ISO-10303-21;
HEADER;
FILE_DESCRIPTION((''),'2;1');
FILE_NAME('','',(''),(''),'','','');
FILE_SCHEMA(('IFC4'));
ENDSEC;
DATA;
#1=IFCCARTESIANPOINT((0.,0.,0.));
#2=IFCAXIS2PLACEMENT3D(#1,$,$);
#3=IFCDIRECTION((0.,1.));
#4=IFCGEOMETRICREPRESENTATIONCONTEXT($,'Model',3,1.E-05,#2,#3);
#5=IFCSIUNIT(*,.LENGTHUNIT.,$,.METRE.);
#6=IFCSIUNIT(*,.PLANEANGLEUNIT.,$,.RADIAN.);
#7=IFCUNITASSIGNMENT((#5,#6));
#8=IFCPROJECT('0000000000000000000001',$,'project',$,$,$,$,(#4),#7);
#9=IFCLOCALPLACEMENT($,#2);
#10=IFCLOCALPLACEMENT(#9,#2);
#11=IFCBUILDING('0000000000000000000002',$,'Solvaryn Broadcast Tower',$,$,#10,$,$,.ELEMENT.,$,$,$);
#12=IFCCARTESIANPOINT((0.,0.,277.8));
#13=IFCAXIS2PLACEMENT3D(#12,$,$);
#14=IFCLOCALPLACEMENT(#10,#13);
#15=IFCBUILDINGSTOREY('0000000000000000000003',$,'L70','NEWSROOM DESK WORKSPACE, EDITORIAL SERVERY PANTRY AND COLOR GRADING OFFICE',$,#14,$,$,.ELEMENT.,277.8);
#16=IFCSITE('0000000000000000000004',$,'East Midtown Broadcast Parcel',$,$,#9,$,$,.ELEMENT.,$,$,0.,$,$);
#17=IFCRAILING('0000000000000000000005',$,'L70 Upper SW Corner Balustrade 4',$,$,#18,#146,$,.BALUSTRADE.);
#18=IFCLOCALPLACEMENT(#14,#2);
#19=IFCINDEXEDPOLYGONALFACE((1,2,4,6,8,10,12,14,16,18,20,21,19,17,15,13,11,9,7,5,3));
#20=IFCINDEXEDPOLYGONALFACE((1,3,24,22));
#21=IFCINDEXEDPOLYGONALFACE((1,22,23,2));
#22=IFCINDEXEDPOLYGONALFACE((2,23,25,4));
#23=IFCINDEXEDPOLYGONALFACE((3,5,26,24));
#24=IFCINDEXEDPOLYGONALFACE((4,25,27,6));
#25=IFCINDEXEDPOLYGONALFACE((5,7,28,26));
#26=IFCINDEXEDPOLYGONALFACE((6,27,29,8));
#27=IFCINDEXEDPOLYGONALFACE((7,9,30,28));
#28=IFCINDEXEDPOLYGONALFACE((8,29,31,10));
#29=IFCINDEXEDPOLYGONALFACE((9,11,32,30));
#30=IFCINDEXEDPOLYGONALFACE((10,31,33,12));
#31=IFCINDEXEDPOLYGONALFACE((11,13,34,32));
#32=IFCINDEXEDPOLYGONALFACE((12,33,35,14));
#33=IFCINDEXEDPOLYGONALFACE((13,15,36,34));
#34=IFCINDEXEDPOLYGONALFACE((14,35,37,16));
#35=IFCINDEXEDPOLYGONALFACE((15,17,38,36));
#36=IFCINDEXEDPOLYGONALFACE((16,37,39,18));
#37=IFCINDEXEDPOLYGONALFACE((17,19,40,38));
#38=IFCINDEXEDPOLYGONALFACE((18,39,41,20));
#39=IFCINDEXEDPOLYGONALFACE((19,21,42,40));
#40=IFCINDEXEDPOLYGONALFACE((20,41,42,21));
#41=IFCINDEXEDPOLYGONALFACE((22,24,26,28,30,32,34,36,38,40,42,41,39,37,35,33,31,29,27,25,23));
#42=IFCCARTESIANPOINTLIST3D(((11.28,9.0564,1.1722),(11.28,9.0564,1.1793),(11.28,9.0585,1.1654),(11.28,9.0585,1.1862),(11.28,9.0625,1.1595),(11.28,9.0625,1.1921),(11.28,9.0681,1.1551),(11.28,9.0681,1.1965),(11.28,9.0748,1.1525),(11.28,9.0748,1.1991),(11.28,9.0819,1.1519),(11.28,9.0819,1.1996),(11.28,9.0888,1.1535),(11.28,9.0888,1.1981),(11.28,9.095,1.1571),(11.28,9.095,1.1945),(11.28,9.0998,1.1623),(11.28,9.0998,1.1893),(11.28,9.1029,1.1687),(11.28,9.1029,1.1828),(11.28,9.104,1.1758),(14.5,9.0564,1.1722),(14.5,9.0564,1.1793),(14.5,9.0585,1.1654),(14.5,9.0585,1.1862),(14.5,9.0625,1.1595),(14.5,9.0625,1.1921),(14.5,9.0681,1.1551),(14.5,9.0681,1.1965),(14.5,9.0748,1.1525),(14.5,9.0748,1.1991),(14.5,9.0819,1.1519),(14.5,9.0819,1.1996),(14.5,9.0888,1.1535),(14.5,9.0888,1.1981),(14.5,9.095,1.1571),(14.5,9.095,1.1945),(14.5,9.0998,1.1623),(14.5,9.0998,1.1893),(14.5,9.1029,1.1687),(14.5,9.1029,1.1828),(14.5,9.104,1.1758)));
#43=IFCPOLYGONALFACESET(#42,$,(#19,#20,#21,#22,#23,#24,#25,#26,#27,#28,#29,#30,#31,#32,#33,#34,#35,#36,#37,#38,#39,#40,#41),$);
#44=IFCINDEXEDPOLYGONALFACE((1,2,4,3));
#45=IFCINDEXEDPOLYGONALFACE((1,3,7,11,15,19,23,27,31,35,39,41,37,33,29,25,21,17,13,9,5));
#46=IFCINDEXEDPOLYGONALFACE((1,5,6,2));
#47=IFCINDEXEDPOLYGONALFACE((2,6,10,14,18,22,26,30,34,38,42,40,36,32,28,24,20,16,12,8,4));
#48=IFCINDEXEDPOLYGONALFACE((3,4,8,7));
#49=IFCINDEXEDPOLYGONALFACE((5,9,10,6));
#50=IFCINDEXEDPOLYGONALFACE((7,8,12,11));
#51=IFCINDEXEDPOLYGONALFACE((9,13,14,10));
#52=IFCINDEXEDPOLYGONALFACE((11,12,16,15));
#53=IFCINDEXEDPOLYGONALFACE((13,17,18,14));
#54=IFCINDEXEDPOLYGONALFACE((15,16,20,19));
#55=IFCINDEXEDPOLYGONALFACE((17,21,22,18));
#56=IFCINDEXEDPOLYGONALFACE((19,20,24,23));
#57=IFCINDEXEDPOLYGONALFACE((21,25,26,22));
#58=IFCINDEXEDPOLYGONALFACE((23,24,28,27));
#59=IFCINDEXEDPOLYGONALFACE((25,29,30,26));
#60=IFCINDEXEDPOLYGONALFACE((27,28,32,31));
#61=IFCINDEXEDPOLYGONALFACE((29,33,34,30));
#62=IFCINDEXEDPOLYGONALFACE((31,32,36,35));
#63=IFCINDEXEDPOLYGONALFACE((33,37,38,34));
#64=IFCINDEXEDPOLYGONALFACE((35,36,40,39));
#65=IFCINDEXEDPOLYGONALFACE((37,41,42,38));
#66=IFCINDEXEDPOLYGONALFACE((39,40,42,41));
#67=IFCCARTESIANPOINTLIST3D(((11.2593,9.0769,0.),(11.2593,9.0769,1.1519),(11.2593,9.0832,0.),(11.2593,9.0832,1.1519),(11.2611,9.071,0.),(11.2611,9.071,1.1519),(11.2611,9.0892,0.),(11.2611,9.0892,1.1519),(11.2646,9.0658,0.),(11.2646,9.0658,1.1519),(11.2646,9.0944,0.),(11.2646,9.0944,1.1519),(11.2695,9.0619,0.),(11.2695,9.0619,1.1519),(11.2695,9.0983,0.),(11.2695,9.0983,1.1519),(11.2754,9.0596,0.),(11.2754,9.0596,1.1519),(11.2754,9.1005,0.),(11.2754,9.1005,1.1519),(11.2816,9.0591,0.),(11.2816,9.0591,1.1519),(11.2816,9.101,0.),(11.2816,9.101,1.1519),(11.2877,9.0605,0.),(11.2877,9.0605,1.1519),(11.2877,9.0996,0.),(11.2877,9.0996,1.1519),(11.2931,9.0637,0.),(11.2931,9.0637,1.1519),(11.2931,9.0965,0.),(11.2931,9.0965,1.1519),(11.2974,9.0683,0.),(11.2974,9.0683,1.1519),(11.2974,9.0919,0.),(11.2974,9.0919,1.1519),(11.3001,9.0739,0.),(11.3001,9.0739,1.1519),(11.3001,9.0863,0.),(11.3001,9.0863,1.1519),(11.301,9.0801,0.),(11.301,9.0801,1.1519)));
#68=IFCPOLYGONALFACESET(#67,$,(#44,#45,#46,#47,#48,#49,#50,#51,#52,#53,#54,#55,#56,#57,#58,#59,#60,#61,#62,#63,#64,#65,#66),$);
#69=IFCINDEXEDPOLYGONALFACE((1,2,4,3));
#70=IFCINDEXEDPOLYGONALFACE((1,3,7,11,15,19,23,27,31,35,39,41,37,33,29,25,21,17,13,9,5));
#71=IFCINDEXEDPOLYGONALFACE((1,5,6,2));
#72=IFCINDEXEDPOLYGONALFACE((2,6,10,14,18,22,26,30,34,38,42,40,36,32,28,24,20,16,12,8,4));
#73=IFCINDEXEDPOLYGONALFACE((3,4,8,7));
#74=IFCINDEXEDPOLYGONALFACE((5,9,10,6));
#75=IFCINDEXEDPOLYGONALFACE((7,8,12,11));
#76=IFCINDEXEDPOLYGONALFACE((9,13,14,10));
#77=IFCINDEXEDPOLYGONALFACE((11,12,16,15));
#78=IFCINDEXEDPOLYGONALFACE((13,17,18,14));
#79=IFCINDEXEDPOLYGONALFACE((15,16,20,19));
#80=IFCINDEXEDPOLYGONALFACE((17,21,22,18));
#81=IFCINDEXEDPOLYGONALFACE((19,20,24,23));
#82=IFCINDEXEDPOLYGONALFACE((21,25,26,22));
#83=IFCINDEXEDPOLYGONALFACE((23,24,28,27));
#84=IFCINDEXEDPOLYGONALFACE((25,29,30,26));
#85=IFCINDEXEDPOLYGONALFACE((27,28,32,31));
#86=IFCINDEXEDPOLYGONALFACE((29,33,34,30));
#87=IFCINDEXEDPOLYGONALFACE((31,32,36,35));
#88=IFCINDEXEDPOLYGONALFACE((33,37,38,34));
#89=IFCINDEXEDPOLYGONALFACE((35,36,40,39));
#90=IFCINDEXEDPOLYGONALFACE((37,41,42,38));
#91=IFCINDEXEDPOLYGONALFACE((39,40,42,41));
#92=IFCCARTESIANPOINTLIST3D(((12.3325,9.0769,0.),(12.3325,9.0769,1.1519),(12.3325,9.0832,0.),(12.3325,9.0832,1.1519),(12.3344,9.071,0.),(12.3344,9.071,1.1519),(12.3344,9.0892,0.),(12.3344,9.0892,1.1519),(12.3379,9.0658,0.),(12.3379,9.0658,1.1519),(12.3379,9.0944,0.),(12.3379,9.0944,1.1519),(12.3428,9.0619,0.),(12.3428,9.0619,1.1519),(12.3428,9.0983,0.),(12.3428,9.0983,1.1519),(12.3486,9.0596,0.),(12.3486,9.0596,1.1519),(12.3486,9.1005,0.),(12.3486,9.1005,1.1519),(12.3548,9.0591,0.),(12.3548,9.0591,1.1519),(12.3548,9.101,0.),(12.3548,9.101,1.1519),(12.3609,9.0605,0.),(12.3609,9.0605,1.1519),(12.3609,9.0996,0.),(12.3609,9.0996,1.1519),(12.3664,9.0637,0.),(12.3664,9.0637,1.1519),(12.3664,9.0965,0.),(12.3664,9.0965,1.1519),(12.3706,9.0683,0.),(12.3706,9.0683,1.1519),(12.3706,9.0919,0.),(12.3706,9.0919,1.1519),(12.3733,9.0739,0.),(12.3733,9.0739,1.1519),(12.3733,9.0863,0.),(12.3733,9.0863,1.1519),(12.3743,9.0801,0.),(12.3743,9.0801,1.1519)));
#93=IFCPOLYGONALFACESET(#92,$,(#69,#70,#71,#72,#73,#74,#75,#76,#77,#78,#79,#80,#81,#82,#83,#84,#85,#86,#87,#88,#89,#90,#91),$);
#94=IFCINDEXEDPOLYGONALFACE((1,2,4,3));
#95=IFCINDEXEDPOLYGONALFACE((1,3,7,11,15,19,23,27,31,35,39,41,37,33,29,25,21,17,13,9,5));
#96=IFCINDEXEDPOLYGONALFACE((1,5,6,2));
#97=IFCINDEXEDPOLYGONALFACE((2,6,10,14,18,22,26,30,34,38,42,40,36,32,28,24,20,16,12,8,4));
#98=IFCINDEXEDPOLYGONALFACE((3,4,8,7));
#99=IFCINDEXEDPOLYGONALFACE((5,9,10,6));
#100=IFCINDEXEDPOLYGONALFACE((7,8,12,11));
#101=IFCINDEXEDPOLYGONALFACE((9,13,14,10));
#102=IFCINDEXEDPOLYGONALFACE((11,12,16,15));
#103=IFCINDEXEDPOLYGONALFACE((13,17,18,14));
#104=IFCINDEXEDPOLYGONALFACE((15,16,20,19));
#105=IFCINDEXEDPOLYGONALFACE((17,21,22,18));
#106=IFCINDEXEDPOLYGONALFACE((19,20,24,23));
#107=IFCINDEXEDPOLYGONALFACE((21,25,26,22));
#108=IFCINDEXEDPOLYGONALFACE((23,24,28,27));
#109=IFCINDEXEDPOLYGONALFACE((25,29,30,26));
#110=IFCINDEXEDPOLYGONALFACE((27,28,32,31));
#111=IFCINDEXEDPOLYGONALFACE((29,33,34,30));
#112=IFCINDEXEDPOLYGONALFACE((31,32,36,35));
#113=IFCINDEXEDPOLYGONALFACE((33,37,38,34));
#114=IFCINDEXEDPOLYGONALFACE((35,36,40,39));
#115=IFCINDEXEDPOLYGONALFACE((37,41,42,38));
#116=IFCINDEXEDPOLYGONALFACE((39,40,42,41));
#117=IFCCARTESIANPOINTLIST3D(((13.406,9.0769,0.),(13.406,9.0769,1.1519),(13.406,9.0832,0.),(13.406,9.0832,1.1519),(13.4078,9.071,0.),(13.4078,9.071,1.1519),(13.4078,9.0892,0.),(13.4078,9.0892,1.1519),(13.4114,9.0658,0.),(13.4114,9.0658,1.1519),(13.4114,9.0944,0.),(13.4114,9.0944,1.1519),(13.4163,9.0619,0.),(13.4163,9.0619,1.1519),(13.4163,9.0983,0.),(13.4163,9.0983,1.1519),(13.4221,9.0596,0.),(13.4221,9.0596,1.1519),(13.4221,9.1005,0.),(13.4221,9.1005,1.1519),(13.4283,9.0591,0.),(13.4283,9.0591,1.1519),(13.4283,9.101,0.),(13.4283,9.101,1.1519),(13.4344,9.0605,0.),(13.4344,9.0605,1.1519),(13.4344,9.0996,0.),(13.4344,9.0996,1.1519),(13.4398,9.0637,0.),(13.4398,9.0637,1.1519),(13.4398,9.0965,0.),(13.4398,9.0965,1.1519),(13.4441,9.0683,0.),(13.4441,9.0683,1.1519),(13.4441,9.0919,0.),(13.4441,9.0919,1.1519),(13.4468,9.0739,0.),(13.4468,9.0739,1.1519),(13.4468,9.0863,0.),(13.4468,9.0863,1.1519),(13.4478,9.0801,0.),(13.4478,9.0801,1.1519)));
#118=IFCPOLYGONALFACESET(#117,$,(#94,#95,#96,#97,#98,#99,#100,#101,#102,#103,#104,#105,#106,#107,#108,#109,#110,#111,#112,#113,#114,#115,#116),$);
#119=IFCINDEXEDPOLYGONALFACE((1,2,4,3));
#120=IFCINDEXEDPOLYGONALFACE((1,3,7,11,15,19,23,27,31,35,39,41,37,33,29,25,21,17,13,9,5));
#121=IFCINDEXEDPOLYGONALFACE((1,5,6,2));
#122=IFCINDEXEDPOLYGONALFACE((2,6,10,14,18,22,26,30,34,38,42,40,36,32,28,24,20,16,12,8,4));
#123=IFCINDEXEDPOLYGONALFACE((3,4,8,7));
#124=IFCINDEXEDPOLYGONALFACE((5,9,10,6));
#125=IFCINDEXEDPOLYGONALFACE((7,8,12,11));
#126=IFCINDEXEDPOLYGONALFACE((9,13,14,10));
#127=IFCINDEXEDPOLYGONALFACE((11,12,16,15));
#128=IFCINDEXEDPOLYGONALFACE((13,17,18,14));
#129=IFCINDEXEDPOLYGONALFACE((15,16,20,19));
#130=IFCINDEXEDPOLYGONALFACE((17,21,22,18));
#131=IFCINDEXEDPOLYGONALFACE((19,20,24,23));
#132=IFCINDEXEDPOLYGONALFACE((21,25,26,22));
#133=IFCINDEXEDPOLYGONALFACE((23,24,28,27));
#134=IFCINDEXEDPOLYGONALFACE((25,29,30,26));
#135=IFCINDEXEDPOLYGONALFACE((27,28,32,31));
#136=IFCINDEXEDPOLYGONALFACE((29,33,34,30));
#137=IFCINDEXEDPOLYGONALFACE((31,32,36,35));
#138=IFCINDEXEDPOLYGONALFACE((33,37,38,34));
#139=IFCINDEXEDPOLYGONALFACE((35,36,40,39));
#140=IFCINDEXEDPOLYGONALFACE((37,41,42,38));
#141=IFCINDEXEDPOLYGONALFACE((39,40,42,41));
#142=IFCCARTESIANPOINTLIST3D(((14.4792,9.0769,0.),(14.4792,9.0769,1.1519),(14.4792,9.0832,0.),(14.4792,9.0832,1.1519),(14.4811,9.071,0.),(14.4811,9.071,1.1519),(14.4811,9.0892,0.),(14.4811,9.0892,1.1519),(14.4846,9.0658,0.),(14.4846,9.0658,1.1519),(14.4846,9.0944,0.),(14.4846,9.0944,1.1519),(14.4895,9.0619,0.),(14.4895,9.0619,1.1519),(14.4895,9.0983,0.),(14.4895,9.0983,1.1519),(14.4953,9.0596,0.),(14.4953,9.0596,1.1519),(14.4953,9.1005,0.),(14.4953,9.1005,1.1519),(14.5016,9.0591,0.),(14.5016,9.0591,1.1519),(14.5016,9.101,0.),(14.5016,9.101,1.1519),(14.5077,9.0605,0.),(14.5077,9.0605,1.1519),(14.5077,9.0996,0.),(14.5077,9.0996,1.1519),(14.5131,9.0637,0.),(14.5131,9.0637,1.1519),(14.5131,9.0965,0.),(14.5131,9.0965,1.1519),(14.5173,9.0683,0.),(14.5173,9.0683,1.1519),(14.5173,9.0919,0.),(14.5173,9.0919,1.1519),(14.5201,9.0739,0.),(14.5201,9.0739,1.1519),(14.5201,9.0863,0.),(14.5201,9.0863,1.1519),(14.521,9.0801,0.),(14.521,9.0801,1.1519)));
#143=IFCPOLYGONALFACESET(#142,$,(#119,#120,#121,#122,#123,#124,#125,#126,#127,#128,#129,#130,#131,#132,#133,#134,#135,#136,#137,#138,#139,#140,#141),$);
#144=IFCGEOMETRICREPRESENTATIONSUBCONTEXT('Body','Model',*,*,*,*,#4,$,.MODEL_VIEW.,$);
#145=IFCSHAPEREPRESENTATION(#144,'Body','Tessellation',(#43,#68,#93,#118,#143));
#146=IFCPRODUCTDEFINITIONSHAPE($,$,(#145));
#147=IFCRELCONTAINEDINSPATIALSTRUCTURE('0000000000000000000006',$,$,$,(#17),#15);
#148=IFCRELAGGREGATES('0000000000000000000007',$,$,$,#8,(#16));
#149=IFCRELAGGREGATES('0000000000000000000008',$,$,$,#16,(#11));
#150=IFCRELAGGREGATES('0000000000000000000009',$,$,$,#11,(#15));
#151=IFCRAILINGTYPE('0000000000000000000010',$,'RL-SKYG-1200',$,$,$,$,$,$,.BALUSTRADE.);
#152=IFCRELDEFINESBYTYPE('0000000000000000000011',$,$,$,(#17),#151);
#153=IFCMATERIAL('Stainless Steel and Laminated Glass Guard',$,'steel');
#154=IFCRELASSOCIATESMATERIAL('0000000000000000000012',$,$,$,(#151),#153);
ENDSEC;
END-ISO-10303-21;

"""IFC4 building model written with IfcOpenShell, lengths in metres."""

from ifc_helpers import new_model, si_unit, direction, frame, origin, origin_2d, place, context, subcontext, project, spatial, circle, extrude, material, type_object, element, save


model = new_model("IFC4")

# Units and contexts
model_context = context("Model", 3, precision=1e-05, world=origin(), true_north=direction((0.0, 1.0)))
body_context = subcontext(model_context, "Body", "Model", "MODEL_VIEW")
ifc_project = project(units=[si_unit("LENGTHUNIT", "METRE"), si_unit("PLANEANGLEUNIT", "RADIAN")], contexts=[model_context])

# Site, building, storey
site_placement = place(None, origin())
site = spatial("IfcSite", under=ifc_project, at=site_placement, Name="East Midtown Broadcast Parcel", CompositionType="ELEMENT", RefElevation=0.0)
building_placement = place(site_placement, origin())
building = spatial("IfcBuilding", under=site, at=building_placement, Name="Solvaryn Broadcast Tower", CompositionType="ELEMENT")
storey_placement = place(building_placement, frame((0.0, 0.0, 277.8)))
storey = spatial("IfcBuildingStorey", under=building, at=storey_placement, Name="L70", Description="NEWSROOM DESK WORKSPACE, EDITORIAL SERVERY PANTRY AND COLOR GRADING OFFICE", CompositionType="ELEMENT", Elevation=277.8)

# Railing
ifc_material_1 = material(Name="Stainless Steel and Laminated Glass Guard", Category="steel")
railing_type = type_object("IfcRailingType", Name="RL-SKYG-1200", PredefinedType="BALUSTRADE", material=ifc_material_1)
railing_1_placement = place(storey_placement, frame((11.28, 9.0801, 0.0)))
element("IfcRailing", 1, at=railing_1_placement, inside=storey, type_object=railing_type, Name="L70 Upper SW Corner Balustrade 4", PredefinedType="BALUSTRADE", context=body_context, shape_type="SweptSolid", body=[
    extrude(circle(Radius=0.0239, at=origin_2d()), frame((0.0, 0.0, 1.1758), z_axis=(1.0, 0.0, 0.0), x_axis=(0.0, 1.0, 0.0)), (0.0, 0.0, 1.0), 3.22),
    extrude(circle(Radius=0.021, at=origin_2d()), origin(), (0.0, 0.0, 1.0), 1.1519),
    extrude(circle(Radius=0.021, at=origin_2d()), frame((1.0732, 0.0, 0.0)), (0.0, 0.0, 1.0), 1.1519),
    extrude(circle(Radius=0.021, at=origin_2d()), frame((2.1467, 0.0, 0.0)), (0.0, 0.0, 1.0), 1.1519),
    extrude(circle(Radius=0.021, at=origin_2d()), frame((3.22, 0.0, 0.0)), (0.0, 0.0, 1.0), 1.1519),
])

save(model, "model.ifc")
